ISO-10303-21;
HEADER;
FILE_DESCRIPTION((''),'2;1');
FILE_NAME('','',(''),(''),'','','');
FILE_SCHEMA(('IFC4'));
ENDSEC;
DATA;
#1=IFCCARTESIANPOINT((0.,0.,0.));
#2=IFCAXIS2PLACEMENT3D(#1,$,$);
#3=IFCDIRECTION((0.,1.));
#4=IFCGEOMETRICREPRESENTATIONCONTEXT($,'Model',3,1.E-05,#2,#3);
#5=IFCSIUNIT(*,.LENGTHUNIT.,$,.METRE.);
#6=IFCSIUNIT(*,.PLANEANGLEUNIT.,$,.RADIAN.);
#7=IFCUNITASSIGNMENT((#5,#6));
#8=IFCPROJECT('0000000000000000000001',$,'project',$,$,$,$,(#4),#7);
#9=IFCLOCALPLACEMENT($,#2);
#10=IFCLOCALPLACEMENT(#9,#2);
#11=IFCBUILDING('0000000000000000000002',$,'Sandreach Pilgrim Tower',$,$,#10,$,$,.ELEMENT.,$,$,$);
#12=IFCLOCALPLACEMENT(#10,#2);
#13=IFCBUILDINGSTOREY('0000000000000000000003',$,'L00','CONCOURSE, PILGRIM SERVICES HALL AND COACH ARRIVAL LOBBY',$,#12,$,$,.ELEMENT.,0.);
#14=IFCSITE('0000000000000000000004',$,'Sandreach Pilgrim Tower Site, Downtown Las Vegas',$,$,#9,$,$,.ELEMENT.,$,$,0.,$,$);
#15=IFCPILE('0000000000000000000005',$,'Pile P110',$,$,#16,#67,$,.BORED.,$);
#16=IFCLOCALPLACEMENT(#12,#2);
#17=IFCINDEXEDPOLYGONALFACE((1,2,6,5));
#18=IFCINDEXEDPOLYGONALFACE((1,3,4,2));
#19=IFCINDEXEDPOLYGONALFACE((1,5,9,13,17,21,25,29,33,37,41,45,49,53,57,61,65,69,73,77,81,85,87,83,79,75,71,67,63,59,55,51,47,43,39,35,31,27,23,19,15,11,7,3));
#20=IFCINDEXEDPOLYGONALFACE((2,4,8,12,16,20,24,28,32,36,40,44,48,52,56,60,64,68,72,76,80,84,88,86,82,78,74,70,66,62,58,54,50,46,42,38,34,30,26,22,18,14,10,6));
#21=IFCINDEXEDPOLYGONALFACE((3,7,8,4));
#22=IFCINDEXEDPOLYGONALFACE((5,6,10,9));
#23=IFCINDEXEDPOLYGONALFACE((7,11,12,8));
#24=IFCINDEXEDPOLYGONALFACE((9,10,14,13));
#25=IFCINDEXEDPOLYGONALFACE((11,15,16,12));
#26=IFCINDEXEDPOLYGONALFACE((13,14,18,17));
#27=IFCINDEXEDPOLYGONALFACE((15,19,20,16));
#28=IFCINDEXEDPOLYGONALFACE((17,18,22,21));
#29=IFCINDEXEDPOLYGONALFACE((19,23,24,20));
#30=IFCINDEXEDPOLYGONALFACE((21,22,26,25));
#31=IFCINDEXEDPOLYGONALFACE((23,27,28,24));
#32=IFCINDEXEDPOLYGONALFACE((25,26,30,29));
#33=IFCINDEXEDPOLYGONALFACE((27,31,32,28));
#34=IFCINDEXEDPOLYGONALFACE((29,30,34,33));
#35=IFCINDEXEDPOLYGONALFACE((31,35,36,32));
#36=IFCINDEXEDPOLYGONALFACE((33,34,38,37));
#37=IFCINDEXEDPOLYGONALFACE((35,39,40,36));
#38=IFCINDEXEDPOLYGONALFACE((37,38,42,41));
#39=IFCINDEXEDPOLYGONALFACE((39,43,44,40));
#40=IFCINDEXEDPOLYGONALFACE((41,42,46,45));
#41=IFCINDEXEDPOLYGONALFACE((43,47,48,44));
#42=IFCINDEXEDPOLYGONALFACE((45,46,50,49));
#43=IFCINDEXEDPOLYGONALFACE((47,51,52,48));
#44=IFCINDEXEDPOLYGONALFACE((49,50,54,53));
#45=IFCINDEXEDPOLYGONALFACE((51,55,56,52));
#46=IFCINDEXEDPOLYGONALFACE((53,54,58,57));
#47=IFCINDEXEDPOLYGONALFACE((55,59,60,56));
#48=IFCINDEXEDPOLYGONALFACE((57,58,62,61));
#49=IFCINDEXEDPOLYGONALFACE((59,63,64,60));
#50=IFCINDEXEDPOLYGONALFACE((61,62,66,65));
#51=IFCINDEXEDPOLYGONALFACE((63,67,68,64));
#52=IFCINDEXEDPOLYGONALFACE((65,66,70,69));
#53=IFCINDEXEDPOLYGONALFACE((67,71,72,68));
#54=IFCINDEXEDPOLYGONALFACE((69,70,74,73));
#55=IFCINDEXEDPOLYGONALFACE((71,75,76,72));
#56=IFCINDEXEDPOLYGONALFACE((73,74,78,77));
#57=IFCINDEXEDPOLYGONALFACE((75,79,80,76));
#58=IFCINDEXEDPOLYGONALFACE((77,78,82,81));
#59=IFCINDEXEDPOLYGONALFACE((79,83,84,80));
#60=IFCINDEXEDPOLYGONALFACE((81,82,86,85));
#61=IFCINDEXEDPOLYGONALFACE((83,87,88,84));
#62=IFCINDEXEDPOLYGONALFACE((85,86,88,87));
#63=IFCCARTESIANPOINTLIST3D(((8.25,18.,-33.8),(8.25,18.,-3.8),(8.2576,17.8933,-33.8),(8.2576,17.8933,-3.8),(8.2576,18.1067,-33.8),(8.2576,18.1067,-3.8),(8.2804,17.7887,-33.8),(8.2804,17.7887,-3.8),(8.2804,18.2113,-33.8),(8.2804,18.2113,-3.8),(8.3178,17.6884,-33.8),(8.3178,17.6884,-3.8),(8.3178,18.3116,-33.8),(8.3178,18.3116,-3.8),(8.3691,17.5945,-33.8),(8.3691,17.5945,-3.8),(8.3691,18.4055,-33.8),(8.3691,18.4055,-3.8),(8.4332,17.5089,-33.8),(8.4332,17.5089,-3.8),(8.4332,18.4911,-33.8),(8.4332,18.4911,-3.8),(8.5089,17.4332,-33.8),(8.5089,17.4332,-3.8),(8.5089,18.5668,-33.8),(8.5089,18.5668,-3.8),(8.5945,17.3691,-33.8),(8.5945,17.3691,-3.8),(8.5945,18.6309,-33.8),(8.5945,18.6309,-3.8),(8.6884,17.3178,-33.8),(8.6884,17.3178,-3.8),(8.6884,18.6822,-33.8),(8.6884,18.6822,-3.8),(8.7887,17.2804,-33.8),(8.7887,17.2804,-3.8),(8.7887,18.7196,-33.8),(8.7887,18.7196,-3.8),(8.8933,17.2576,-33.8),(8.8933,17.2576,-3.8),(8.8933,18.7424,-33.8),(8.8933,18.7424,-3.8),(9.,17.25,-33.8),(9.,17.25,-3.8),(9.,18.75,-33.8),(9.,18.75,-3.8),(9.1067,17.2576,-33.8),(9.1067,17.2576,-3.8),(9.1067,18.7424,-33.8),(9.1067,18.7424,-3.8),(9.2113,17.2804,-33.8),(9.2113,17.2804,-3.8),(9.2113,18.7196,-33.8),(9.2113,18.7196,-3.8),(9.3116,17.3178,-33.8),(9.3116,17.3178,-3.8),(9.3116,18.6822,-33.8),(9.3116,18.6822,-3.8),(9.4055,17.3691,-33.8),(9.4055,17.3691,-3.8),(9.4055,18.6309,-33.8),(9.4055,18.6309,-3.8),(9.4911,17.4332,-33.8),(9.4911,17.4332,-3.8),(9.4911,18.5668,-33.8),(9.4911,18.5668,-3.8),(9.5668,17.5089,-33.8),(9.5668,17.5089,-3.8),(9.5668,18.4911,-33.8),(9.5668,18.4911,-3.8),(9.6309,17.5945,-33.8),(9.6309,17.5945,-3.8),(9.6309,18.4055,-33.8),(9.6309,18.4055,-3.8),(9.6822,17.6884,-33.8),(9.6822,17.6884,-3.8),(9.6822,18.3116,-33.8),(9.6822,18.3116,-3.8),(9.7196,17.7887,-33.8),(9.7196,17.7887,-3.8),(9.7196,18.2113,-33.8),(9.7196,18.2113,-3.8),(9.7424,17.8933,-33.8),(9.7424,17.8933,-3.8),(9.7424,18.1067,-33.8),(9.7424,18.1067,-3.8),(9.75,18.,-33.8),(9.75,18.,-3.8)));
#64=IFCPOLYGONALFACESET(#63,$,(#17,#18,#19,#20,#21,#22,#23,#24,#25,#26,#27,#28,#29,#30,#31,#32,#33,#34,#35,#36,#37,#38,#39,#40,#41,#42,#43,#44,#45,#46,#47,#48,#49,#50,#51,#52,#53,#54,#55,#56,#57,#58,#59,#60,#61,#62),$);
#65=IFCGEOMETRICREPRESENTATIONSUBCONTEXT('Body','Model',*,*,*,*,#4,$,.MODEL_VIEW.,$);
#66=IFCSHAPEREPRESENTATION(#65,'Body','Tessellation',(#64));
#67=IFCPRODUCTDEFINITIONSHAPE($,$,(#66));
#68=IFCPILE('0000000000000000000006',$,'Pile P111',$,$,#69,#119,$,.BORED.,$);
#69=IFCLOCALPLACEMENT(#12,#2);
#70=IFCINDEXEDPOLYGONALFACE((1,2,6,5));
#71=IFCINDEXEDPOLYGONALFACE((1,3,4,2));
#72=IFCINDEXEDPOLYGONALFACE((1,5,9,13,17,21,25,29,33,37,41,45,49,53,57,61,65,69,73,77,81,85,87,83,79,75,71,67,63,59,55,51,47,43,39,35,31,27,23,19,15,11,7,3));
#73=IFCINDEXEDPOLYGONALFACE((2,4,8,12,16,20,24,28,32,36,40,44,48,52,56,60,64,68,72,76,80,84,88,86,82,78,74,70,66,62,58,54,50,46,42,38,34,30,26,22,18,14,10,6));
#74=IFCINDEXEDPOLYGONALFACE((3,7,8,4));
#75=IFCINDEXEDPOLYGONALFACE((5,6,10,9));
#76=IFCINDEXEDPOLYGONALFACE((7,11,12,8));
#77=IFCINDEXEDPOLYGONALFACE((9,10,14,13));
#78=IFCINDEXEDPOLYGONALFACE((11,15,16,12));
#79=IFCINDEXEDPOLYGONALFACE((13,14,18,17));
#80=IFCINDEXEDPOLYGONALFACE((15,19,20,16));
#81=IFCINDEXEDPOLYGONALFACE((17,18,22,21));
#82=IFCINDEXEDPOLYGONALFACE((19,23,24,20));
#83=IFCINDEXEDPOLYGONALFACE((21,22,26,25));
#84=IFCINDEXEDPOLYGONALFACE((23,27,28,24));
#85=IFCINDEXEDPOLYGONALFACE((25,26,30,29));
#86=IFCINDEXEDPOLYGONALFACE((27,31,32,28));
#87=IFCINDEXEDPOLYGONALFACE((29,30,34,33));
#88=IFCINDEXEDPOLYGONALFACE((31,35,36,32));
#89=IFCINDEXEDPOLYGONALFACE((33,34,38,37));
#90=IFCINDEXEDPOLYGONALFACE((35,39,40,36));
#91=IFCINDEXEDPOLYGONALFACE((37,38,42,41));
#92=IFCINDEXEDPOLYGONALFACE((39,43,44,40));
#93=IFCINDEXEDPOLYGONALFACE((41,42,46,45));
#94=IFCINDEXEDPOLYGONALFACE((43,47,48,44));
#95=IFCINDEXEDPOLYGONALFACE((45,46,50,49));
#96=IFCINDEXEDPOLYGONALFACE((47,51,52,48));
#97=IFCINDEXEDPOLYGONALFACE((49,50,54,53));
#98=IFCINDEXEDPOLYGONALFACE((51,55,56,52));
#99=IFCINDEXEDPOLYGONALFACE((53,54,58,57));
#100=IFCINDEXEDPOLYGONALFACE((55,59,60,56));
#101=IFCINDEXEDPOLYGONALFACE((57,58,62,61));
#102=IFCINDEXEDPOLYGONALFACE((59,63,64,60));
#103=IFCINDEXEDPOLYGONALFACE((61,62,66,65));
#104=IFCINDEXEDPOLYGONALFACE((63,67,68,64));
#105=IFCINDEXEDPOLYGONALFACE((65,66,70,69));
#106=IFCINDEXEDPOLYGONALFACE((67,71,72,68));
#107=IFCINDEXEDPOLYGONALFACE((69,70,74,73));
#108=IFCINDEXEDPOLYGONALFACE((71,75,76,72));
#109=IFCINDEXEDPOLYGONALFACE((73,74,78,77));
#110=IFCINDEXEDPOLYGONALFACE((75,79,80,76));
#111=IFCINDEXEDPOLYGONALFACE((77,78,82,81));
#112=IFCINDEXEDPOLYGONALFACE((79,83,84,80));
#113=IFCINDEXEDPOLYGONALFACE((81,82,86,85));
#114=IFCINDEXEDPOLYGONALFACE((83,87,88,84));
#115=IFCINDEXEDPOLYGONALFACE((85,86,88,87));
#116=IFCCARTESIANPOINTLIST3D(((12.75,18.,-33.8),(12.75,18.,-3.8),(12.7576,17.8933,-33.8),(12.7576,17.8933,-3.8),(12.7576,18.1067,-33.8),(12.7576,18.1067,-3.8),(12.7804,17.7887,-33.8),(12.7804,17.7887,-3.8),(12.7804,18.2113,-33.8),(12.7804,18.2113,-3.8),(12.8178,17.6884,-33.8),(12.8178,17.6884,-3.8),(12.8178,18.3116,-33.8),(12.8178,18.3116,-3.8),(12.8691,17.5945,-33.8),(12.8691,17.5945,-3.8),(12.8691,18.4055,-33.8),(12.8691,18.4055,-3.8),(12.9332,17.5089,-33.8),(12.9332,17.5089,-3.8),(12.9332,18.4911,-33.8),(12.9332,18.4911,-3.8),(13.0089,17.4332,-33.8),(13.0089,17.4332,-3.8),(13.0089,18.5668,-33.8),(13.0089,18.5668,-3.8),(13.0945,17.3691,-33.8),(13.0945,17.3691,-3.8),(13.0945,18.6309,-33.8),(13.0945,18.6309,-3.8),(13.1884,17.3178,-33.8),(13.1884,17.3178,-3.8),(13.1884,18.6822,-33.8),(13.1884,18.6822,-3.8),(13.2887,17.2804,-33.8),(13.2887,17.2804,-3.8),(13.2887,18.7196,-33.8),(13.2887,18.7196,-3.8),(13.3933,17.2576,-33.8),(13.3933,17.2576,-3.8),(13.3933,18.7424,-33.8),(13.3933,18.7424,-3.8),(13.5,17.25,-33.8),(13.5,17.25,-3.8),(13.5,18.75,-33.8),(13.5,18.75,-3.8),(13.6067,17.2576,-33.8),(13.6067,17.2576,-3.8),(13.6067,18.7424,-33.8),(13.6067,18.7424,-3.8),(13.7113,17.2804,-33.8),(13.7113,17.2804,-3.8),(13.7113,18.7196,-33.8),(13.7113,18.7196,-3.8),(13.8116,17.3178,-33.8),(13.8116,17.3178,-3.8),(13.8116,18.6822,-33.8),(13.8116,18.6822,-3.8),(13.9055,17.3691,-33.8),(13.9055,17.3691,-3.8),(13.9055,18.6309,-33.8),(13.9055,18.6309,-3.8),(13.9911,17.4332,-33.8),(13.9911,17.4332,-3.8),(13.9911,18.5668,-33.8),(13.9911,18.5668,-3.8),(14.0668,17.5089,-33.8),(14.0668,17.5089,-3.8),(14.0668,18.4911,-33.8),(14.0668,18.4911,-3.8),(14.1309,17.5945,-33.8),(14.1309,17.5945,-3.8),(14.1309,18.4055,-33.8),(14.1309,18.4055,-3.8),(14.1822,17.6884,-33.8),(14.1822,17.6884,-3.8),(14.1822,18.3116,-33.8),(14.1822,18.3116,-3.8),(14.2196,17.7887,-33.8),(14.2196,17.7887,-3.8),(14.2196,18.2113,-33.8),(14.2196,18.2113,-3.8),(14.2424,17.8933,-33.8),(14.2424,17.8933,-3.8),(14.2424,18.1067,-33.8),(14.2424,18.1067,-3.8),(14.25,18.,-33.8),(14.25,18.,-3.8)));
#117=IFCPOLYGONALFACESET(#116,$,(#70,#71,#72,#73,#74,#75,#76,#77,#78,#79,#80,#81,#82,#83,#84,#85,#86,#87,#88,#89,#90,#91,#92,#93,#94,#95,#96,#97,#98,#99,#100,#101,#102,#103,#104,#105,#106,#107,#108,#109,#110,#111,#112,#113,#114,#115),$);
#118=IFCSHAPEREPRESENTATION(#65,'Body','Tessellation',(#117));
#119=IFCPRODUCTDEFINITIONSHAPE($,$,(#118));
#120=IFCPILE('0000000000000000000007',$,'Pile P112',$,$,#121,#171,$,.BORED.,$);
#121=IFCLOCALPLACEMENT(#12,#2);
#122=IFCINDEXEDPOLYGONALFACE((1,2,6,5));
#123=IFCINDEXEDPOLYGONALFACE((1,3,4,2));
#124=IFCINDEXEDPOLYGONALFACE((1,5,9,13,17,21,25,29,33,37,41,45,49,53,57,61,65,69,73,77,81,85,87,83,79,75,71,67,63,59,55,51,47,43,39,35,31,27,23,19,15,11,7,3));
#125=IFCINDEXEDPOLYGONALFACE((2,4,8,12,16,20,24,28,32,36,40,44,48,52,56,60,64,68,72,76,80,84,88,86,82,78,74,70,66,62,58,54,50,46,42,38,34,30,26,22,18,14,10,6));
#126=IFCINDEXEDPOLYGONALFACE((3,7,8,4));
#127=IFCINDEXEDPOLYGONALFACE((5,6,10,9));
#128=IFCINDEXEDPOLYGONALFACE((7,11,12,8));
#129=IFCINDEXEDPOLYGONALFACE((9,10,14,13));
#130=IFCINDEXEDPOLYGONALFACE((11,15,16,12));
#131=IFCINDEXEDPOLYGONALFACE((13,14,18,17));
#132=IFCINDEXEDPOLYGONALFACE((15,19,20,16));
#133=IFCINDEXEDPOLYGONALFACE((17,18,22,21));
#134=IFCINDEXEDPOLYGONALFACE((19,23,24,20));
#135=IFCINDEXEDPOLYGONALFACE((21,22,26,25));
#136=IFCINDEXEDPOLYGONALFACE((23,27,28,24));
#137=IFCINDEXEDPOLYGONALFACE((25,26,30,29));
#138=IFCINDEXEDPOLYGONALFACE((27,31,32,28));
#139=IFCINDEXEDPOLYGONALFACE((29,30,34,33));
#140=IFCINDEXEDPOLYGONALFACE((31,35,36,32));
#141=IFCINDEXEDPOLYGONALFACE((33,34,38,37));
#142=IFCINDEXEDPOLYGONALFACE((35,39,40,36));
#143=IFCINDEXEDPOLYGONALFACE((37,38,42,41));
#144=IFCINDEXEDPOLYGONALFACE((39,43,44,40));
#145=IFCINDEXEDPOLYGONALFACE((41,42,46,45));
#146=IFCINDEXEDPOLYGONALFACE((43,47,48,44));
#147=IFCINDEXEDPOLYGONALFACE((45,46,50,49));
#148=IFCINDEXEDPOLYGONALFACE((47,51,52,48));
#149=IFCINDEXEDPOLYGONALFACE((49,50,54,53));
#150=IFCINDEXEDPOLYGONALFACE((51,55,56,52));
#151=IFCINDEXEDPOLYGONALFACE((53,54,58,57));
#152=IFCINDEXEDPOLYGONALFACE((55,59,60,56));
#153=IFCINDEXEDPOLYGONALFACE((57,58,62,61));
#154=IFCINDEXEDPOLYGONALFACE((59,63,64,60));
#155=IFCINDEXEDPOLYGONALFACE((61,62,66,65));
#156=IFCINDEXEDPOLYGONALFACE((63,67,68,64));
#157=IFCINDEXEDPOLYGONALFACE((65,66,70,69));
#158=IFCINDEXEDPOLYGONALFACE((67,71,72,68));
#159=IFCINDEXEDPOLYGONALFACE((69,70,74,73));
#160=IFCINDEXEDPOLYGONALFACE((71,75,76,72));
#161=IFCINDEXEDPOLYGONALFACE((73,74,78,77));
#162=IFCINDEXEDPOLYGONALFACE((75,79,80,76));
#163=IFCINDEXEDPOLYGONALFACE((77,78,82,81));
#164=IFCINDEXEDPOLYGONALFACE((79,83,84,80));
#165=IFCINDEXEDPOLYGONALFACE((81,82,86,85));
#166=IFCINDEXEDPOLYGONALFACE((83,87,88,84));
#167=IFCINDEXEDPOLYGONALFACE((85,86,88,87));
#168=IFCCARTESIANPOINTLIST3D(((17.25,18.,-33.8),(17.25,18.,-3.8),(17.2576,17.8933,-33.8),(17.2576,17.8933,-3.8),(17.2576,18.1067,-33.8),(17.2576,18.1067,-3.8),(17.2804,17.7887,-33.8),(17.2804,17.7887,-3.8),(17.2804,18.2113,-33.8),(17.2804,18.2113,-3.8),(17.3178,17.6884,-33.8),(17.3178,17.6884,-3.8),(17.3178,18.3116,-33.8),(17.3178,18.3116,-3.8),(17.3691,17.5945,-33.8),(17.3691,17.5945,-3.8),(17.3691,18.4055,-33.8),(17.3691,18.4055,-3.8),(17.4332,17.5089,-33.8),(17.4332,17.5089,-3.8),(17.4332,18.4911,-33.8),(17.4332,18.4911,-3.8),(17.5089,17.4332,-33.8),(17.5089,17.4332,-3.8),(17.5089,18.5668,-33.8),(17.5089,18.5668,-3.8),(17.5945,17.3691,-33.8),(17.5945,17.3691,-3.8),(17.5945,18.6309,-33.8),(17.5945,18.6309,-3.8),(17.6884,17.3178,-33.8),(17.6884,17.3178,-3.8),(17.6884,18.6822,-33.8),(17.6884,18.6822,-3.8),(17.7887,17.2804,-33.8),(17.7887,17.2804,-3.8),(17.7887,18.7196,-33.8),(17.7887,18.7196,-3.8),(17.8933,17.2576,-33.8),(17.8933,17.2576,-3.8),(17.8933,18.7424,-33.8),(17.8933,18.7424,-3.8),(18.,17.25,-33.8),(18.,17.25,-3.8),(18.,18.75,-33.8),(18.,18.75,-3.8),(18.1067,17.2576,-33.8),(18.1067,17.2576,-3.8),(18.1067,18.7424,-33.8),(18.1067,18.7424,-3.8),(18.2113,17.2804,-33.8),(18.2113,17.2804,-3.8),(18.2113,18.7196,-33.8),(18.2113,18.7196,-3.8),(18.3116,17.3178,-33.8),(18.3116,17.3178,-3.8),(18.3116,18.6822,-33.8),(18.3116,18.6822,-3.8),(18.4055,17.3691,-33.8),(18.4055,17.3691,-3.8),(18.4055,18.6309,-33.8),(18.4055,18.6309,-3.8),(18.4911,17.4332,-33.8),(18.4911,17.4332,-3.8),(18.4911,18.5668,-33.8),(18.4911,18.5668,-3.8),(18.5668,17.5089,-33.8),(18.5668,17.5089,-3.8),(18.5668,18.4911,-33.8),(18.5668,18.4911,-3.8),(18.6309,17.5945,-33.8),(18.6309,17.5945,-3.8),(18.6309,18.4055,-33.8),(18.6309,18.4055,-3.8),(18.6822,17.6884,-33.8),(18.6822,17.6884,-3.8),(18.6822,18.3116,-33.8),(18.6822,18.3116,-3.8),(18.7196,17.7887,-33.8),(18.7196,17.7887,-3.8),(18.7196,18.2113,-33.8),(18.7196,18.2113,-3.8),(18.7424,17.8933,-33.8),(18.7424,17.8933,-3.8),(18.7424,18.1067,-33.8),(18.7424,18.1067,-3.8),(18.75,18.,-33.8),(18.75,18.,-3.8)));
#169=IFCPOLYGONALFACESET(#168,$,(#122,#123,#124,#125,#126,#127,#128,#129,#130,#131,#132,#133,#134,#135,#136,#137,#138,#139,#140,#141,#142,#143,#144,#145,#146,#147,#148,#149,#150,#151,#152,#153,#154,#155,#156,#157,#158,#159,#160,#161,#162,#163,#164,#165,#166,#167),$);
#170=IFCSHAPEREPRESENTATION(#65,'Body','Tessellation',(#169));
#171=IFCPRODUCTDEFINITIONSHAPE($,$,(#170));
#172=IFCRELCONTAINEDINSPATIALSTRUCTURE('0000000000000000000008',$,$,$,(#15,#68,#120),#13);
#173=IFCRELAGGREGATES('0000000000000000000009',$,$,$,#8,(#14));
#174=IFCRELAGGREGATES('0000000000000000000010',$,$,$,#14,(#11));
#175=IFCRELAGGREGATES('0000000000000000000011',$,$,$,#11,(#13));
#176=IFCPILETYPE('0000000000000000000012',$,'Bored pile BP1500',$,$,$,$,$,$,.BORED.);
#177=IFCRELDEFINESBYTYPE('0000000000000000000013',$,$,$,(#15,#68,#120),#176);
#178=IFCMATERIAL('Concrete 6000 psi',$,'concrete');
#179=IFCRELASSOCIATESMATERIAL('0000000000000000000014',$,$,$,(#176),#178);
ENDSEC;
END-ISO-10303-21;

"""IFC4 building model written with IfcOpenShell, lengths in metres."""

from ifc_helpers import new_model, si_unit, direction, frame, origin, origin_2d, place, context, subcontext, project, spatial, circle, extrude, material, material_profile, profile_set, type_object, element, save


model = new_model("IFC4")

# Units and contexts
model_context = context("Model", 3, precision=1e-05, world=origin(), true_north=direction((0.0, 1.0)))
body_context = subcontext(model_context, "Body", "Model", "MODEL_VIEW")
ifc_project = project(units=[si_unit("LENGTHUNIT", "METRE"), si_unit("PLANEANGLEUNIT", "RADIAN")], contexts=[model_context])

# Site, building, storey
site_placement = place(None, origin())
site = spatial("IfcSite", under=ifc_project, at=site_placement, Name="Sandreach Pilgrim Tower Site, Downtown Las Vegas", CompositionType="ELEMENT", RefElevation=0.0)
building_placement = place(site_placement, origin())
building = spatial("IfcBuilding", under=site, at=building_placement, Name="Sandreach Pilgrim Tower", CompositionType="ELEMENT")
storey_placement = place(building_placement, origin())
storey = spatial("IfcBuildingStorey", under=building, at=storey_placement, Name="L00", Description="CONCOURSE, PILGRIM SERVICES HALL AND COACH ARRIVAL LOBBY", CompositionType="ELEMENT", Elevation=0.0)

# Piles
ifc_material_1 = material(Name="Concrete 6000 psi", Category="concrete")
ifc_material_profile_1 = material_profile(ifc_material_1, circle(Radius=0.75, at=origin_2d()), Name="BP1500")
ifc_profile_set_1 = profile_set([ifc_material_profile_1], Name="Concrete 6000 psi")
pile_type = type_object("IfcPileType", Name="Bored pile BP1500", PredefinedType="BORED", material=ifc_profile_set_1)
for number, where, z_axis, x_axis, name in (
    (1, (9.0, 18.0, -3.8), (0.0, 0.0, -1.0), (1.0, 0.0, 0.0), "Pile P110"),
    (2, (13.5, 18.0, -3.8), (0.0, 0.0, -1.0), (1.0, 0.0, 0.0), "Pile P111"),
    (3, (18.0, 18.0, -3.8), (0.0, 0.0, -1.0), (1.0, 0.0, 0.0), "Pile P112"),
):
    element("IfcPile", number, at=place(storey_placement, frame(where, z_axis=z_axis, x_axis=x_axis)), inside=storey, type_object=pile_type, Name=name, PredefinedType="BORED", context=body_context, shape_type="SweptSolid", body=[
        extrude(circle(Radius=0.75, at=origin_2d()), origin(), (0.0, 0.0, 1.0), 30.0),
    ])

save(model, "model.ifc")
